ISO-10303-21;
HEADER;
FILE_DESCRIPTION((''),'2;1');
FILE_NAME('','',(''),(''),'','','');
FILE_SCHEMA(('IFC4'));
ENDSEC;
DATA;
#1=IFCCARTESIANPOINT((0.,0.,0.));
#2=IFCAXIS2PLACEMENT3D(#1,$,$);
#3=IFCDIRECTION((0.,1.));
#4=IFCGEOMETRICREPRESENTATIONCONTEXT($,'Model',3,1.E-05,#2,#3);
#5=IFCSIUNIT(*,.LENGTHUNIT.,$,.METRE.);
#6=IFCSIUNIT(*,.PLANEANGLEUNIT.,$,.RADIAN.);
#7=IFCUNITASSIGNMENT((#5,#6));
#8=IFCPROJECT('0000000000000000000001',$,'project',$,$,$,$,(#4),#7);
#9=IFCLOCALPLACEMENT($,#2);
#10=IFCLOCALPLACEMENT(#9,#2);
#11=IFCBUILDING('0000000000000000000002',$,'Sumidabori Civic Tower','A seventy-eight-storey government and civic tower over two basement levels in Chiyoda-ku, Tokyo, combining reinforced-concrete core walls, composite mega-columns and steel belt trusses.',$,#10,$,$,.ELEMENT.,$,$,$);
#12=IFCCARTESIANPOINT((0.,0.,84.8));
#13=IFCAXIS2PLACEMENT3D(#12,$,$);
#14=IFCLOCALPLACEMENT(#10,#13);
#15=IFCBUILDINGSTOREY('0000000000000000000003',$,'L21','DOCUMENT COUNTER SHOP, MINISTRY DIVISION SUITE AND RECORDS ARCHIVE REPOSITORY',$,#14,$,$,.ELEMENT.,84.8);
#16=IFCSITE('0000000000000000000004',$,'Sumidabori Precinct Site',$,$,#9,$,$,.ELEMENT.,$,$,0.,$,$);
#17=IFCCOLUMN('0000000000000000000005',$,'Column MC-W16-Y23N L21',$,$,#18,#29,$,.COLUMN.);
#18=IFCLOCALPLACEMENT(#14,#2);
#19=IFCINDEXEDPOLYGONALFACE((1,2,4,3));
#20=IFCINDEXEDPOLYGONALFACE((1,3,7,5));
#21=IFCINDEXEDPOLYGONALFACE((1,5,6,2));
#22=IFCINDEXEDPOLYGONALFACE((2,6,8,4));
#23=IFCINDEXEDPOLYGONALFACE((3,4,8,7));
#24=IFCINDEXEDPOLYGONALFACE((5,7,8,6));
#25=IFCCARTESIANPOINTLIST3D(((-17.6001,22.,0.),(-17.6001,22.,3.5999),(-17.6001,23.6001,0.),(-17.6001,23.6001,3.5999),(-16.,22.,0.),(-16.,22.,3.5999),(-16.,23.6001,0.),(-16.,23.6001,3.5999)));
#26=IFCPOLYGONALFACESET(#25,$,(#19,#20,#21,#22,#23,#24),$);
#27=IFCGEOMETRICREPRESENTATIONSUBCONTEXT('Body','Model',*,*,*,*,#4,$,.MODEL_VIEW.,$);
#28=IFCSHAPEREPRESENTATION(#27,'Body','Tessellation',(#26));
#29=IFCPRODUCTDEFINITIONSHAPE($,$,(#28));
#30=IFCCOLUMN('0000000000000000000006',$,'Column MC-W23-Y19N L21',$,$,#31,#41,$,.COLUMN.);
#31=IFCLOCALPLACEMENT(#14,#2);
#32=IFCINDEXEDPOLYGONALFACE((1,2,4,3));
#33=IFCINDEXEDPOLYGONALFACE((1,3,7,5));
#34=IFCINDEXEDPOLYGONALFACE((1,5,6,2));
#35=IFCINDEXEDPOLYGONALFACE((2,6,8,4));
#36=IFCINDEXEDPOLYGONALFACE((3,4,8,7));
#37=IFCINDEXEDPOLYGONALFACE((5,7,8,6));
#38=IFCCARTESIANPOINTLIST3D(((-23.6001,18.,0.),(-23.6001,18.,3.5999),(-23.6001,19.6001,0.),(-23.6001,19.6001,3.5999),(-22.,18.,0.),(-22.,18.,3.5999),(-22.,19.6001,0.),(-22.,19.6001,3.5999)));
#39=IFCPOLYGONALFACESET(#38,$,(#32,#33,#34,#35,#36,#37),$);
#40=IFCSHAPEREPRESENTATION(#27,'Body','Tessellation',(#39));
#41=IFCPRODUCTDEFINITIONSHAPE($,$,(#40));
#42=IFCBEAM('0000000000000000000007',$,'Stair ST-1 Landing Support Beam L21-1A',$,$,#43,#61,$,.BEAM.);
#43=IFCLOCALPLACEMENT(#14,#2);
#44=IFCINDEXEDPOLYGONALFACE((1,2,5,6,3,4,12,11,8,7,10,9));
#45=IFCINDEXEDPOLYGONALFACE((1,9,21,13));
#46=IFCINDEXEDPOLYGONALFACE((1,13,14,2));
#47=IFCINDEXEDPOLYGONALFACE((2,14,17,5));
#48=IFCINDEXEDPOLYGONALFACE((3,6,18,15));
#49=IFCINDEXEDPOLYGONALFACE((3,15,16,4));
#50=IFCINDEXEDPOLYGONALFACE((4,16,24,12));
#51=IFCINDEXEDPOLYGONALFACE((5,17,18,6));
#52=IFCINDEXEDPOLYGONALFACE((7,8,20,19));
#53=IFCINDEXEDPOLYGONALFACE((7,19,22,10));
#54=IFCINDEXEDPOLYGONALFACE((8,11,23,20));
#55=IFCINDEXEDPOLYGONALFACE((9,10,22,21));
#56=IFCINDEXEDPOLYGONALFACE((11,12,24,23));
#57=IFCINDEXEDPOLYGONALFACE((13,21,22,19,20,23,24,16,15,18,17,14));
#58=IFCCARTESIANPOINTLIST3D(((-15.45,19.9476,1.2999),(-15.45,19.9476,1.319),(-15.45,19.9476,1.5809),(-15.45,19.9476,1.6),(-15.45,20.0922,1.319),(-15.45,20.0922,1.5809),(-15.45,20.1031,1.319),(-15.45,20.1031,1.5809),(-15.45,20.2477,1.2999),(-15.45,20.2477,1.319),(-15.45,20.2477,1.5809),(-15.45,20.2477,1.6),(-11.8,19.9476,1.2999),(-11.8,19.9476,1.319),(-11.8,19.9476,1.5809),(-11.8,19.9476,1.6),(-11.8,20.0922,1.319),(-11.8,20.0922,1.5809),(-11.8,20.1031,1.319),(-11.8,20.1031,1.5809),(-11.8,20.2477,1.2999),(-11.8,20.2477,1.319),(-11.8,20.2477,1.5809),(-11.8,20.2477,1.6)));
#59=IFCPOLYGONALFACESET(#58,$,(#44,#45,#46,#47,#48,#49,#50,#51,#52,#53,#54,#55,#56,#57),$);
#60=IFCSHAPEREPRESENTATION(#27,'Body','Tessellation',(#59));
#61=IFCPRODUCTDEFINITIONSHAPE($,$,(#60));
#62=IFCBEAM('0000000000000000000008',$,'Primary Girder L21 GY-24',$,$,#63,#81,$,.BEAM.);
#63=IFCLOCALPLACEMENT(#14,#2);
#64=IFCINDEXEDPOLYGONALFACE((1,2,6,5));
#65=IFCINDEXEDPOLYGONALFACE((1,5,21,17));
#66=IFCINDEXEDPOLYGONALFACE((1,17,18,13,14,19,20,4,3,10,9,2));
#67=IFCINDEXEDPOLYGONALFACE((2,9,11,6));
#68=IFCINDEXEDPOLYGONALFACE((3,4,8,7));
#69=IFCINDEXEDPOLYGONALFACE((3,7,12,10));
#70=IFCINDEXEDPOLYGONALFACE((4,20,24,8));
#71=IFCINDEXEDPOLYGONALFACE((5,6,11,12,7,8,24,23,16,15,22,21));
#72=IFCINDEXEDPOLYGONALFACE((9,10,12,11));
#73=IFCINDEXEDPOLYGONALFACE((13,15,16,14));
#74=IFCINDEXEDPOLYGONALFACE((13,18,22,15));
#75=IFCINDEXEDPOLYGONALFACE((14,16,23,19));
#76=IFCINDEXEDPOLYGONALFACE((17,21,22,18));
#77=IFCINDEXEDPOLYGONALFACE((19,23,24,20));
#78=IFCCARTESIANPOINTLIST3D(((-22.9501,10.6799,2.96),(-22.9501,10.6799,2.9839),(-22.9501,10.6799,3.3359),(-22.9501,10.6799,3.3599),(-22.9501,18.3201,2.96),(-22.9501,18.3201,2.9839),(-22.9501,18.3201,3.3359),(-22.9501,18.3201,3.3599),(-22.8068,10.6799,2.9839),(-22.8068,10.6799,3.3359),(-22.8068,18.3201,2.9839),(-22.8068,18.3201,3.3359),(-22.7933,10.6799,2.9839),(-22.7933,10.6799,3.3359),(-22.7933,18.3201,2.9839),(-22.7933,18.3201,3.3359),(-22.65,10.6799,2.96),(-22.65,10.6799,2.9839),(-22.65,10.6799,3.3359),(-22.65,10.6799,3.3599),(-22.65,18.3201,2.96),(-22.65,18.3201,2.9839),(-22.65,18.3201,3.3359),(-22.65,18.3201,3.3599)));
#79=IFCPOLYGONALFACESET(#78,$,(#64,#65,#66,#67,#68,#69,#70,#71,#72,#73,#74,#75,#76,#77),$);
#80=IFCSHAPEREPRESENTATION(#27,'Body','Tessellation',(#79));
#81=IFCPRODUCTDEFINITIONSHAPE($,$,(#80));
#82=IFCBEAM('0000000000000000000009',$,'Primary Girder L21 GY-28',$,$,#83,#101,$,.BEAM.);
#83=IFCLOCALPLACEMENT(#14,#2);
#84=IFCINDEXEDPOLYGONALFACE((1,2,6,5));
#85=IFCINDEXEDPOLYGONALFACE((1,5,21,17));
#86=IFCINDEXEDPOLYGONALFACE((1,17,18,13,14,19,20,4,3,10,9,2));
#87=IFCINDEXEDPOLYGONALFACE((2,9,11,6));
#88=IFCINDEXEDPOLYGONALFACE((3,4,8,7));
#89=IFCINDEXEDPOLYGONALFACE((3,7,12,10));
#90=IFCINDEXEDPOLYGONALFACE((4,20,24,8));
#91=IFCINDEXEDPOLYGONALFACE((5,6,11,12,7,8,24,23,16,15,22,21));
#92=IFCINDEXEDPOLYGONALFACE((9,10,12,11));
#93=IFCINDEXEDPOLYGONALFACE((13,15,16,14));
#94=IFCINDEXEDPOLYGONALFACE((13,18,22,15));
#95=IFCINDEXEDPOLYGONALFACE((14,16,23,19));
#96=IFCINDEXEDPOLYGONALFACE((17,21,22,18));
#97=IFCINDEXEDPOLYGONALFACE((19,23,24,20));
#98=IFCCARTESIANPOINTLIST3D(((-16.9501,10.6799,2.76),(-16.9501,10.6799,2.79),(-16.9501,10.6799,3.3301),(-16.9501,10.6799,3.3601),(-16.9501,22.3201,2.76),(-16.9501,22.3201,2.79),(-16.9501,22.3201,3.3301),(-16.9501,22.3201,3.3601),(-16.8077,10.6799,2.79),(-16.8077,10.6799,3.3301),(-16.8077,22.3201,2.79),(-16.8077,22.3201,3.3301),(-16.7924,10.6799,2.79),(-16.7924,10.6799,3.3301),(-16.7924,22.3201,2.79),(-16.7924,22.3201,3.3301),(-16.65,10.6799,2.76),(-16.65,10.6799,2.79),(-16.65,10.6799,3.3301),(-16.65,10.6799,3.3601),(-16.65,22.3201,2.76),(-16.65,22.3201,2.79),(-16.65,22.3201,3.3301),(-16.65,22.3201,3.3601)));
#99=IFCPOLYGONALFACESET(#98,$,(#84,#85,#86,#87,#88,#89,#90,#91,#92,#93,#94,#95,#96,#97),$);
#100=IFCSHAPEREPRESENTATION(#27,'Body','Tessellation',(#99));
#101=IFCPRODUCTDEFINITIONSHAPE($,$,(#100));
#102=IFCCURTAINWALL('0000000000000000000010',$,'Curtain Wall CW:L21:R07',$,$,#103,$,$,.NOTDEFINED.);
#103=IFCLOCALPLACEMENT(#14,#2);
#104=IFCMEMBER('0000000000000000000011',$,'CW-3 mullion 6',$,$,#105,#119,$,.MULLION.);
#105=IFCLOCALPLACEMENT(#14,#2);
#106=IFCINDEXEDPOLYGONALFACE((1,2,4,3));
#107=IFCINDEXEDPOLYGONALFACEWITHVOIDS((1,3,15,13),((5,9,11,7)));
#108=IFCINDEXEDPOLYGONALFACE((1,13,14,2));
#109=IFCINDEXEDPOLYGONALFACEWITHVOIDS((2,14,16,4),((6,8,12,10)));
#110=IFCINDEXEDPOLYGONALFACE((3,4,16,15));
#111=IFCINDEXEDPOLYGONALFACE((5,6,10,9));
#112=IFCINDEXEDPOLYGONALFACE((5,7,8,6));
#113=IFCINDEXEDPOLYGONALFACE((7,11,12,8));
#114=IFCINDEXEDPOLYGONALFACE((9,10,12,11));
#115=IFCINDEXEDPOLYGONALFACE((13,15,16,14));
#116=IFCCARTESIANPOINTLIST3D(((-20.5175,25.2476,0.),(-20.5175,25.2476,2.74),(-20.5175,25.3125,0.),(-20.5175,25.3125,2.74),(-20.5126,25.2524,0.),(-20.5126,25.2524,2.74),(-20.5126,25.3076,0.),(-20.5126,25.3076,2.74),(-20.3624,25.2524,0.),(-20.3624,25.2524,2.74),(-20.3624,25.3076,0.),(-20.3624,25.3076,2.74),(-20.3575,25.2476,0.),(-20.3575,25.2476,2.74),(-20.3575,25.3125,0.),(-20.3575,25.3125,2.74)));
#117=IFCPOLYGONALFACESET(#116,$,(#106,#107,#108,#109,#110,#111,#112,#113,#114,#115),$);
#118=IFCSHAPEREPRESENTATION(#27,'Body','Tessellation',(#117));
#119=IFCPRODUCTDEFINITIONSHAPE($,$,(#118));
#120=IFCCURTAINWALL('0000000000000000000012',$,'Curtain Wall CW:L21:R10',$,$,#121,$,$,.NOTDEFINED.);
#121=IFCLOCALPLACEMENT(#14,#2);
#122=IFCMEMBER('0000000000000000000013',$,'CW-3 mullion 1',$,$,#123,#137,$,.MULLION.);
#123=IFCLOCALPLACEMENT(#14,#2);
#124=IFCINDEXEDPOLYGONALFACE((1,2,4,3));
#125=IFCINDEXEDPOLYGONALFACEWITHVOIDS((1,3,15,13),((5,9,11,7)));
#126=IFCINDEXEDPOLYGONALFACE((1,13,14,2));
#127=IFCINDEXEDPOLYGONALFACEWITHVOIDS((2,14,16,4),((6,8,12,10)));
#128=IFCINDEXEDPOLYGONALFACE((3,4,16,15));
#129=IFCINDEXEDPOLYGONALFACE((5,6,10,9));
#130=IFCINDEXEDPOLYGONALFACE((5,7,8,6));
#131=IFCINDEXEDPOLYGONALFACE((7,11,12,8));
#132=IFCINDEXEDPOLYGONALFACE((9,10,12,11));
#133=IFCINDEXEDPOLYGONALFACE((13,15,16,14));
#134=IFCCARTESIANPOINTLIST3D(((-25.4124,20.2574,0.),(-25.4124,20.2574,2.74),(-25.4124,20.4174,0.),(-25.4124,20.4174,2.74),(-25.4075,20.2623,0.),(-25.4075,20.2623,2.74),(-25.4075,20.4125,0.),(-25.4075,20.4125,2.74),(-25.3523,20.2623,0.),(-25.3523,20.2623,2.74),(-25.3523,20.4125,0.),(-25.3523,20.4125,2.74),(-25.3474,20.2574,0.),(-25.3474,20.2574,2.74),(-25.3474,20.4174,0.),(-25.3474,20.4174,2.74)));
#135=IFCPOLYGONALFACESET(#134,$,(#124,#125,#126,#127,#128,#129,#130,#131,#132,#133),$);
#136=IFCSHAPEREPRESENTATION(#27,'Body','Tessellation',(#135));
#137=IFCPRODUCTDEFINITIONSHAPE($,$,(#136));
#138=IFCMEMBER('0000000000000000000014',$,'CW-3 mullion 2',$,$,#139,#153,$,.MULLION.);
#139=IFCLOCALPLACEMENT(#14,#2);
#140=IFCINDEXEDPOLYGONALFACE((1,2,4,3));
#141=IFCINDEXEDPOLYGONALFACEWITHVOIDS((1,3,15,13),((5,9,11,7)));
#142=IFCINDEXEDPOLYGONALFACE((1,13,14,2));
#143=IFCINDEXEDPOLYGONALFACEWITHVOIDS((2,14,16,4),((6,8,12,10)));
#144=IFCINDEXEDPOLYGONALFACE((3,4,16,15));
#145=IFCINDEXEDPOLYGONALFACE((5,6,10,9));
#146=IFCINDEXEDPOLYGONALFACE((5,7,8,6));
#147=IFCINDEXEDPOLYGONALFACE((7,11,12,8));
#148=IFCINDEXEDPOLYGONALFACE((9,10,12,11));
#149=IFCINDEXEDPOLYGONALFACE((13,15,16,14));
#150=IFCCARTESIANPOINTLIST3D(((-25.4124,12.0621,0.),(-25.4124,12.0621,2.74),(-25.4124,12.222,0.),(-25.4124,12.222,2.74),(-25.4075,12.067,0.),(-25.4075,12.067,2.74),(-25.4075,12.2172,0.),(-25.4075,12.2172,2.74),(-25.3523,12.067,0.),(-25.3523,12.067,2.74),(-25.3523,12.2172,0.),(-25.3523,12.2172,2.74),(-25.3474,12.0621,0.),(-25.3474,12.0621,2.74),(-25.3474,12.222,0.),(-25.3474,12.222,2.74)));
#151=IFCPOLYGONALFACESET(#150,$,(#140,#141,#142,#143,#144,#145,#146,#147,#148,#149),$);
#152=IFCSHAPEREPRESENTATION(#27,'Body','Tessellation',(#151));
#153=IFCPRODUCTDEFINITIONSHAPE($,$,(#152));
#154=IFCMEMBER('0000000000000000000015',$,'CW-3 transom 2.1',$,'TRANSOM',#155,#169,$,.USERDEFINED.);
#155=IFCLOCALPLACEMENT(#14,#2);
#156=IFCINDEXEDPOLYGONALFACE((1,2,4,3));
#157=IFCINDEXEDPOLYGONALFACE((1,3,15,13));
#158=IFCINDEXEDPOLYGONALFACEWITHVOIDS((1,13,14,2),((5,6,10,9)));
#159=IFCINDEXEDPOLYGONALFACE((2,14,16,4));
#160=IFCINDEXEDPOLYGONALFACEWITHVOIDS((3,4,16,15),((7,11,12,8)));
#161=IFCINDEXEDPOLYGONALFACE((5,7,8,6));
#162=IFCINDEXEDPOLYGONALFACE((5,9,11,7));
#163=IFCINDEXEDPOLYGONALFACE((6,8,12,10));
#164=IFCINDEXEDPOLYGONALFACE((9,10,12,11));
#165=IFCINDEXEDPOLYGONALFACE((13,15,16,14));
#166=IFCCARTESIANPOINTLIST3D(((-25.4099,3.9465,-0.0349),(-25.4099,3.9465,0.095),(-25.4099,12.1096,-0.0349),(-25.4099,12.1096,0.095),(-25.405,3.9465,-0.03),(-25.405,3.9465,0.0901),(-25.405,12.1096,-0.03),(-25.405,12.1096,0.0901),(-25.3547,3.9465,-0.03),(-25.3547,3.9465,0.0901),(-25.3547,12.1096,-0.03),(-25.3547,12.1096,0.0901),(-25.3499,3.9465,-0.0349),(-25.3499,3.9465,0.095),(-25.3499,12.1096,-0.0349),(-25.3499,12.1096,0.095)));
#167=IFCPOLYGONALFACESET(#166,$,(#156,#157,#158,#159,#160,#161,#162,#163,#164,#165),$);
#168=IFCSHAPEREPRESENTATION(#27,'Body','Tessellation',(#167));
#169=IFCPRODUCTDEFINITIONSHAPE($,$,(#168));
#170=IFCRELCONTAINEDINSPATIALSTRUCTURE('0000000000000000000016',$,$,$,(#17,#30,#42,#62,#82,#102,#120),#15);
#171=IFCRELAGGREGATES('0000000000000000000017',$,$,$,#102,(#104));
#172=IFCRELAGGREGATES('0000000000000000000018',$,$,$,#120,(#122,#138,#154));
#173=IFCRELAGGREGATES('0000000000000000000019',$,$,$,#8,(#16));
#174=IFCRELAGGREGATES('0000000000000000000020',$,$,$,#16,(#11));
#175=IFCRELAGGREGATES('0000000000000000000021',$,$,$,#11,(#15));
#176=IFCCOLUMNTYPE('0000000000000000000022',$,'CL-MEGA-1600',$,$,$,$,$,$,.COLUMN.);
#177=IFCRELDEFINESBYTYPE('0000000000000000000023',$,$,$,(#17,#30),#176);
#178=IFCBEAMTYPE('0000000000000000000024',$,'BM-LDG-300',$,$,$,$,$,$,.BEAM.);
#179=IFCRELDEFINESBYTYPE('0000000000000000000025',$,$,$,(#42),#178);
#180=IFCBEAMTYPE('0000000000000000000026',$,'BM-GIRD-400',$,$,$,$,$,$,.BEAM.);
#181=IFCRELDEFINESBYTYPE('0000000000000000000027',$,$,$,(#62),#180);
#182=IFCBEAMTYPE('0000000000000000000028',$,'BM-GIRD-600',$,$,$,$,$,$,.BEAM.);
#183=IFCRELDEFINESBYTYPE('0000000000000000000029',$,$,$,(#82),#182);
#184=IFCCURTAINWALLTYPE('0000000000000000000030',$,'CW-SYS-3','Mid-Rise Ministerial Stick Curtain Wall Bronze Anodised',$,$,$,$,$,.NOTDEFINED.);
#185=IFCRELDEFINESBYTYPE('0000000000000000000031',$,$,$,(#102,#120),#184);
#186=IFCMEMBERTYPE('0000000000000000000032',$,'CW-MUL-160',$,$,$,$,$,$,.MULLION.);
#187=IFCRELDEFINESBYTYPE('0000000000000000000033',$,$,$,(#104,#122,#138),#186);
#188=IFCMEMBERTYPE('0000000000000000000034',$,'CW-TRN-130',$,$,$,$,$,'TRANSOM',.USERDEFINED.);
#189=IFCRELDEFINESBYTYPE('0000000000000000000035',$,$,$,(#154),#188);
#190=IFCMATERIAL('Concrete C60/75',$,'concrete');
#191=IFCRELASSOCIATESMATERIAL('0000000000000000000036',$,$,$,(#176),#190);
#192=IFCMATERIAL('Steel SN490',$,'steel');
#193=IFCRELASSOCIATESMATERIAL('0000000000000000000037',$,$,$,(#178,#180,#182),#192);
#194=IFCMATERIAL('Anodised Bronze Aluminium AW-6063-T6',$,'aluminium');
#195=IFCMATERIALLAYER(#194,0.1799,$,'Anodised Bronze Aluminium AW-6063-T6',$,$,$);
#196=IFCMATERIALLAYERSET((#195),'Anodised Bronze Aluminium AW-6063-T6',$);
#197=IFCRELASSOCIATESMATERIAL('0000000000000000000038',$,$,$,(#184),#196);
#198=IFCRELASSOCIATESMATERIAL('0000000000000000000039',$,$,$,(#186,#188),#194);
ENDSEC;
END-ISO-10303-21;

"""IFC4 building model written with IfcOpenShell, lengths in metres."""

from ifc_helpers import new_model, si_unit, direction, frame, origin, origin_2d, place, context, subcontext, project, spatial, rectangle, hollow_rectangle, i_section, extrude, source, transform, mapped, material, layer, layer_set, material_profile, profile_set, type_object, element, aggregate, save


model = new_model("IFC4")

# Units and contexts
model_context = context("Model", 3, precision=1e-05, world=origin(), true_north=direction((0.0, 1.0)))
body_context = subcontext(model_context, "Body", "Model", "MODEL_VIEW")
ifc_project = project(units=[si_unit("LENGTHUNIT", "METRE"), si_unit("PLANEANGLEUNIT", "RADIAN")], contexts=[model_context])

# Site, building, storey
site_placement = place(None, origin())
site = spatial("IfcSite", under=ifc_project, at=site_placement, Name="Sumidabori Precinct Site", CompositionType="ELEMENT", RefElevation=0.0)
building_placement = place(site_placement, origin())
building = spatial("IfcBuilding", under=site, at=building_placement, Name="Sumidabori Civic Tower", Description="A seventy-eight-storey government and civic tower over two basement levels in Chiyoda-ku, Tokyo, combining reinforced-concrete core walls, composite mega-columns and steel belt trusses.", CompositionType="ELEMENT")
storey_placement = place(building_placement, frame((0.0, 0.0, 84.8)))
storey = spatial("IfcBuildingStorey", under=building, at=storey_placement, Name="L21", Description="DOCUMENT COUNTER SHOP, MINISTRY DIVISION SUITE AND RECORDS ARCHIVE REPOSITORY", CompositionType="ELEMENT", Elevation=84.8)

# Columns
ifc_material_1 = material(Name="Concrete C60/75", Category="concrete")
ifc_material_profile_1 = material_profile(ifc_material_1, rectangle(XDim=1.6001, YDim=1.6001, at=origin_2d()), Name="RC 1600x1600")
ifc_profile_set_1 = profile_set([ifc_material_profile_1], Name="Concrete C60/75")
column_type = type_object("IfcColumnType", Name="CL-MEGA-1600", PredefinedType="COLUMN", material=ifc_profile_set_1)
shared_shape_1 = source(origin(), body_context, "Body", "SweptSolid", [
    extrude(rectangle(XDim=1.6001, YDim=1.6001, at=origin_2d()), origin(), (0.0, 0.0, 1.0), 3.5999),
])
for number, where, z_axis, x_axis, name in (
    (1, (-16.8, 22.8, 0.0), (0.0, 0.0, 1.0), (1.0, 0.0, 0.0), "Column MC-W16-Y23N L21"),
    (2, (-22.8, 18.8, 0.0), (0.0, 0.0, 1.0), (1.0, 0.0, 0.0), "Column MC-W23-Y19N L21"),
):
    element("IfcColumn", number, at=place(storey_placement, frame(where, z_axis=z_axis, x_axis=x_axis)), inside=storey, type_object=column_type, Name=name, PredefinedType="COLUMN", context=body_context, shape_type="MappedRepresentation", body=[
        mapped(shared_shape_1, transform((0.0, 0.0, 0.0), x_axis=(1.0, 0.0, 0.0), y_axis=(0.0, 1.0, 0.0), z_axis=(0.0, 0.0, 1.0), scale=1.0)),
    ])

# Beams
ifc_material_2 = material(Name="Steel SN490", Category="steel")
ifc_material_profile_2 = material_profile(ifc_material_2, i_section(OverallWidth=0.3, OverallDepth=0.3, WebThickness=0.011, FlangeThickness=0.019, at=origin_2d()), Name="HE 300 B")
ifc_profile_set_2 = profile_set([ifc_material_profile_2], Name="Steel SN490")
beam_type_1 = type_object("IfcBeamType", Name="BM-LDG-300", PredefinedType="BEAM", material=ifc_profile_set_2)
shared_shape_2 = source(origin(), body_context, "Body", "SweptSolid", [
    extrude(i_section(OverallWidth=0.3, OverallDepth=0.3, WebThickness=0.011, FlangeThickness=0.019, at=origin_2d()), origin(), (0.0, 0.0, 1.0), 3.6499),
])
beam_1_placement = place(storey_placement, frame((-15.45, 20.0977, 1.45), z_axis=(1.0, 0.0, 0.0), x_axis=(0.0, 1.0, 0.0)))
element("IfcBeam", 3, at=beam_1_placement, inside=storey, type_object=beam_type_1, Name="Stair ST-1 Landing Support Beam L21-1A", PredefinedType="BEAM", context=body_context, shape_type="MappedRepresentation", body=[
    mapped(shared_shape_2, transform((0.0, 0.0, 0.0), x_axis=(1.0, 0.0, 0.0), y_axis=(0.0, 1.0, 0.0), z_axis=(0.0, 0.0, 1.0), scale=1.0)),
])
ifc_material_profile_3 = material_profile(ifc_material_2, i_section(OverallWidth=0.3, OverallDepth=0.3999, WebThickness=0.0134, FlangeThickness=0.0239, at=origin_2d()), Name="HE 400 B")
ifc_profile_set_3 = profile_set([ifc_material_profile_3], Name="Steel SN490")
beam_type_2 = type_object("IfcBeamType", Name="BM-GIRD-400", PredefinedType="BEAM", material=ifc_profile_set_3)
shared_shape_3 = source(origin(), body_context, "Body", "SweptSolid", [
    extrude(i_section(OverallWidth=0.3, OverallDepth=0.3999, WebThickness=0.0134, FlangeThickness=0.0239, at=origin_2d()), origin(), (0.0, 0.0, 1.0), 7.6401),
])
beam_2_placement = place(storey_placement, frame((-22.8, 10.6799, 3.1599), z_axis=(0.0, 1.0, 0.0), x_axis=(-1.0, 0.0, 0.0)))
element("IfcBeam", 4, at=beam_2_placement, inside=storey, type_object=beam_type_2, Name="Primary Girder L21 GY-24", PredefinedType="BEAM", context=body_context, shape_type="MappedRepresentation", body=[
    mapped(shared_shape_3, transform((0.0, 0.0, 0.0), x_axis=(1.0, 0.0, 0.0), y_axis=(0.0, 1.0, 0.0), z_axis=(0.0, 0.0, 1.0), scale=1.0)),
])
ifc_material_profile_4 = material_profile(ifc_material_2, i_section(OverallWidth=0.3, OverallDepth=0.6001, WebThickness=0.0154, FlangeThickness=0.03, at=origin_2d()), Name="HE 600 B")
ifc_profile_set_4 = profile_set([ifc_material_profile_4], Name="Steel SN490")
beam_type_3 = type_object("IfcBeamType", Name="BM-GIRD-600", PredefinedType="BEAM", material=ifc_profile_set_4)
shared_shape_4 = source(origin(), body_context, "Body", "SweptSolid", [
    extrude(i_section(OverallWidth=0.3, OverallDepth=0.6001, WebThickness=0.0154, FlangeThickness=0.03, at=origin_2d()), origin(), (0.0, 0.0, 1.0), 11.6401),
])
beam_3_placement = place(storey_placement, frame((-16.8, 10.6799, 3.0601), z_axis=(0.0, 1.0, 0.0), x_axis=(-1.0, 0.0, 0.0)))
element("IfcBeam", 5, at=beam_3_placement, inside=storey, type_object=beam_type_3, Name="Primary Girder L21 GY-28", PredefinedType="BEAM", context=body_context, shape_type="MappedRepresentation", body=[
    mapped(shared_shape_4, transform((0.0, 0.0, 0.0), x_axis=(1.0, 0.0, 0.0), y_axis=(0.0, 1.0, 0.0), z_axis=(0.0, 0.0, 1.0), scale=1.0)),
])

# Curtain wall, member
ifc_material_3 = material(Name="Anodised Bronze Aluminium AW-6063-T6", Category="aluminium")
ifc_layer_1 = layer(ifc_material_3, 0.1799, Name="Anodised Bronze Aluminium AW-6063-T6")
ifc_layer_set_1 = layer_set([ifc_layer_1], Name="Anodised Bronze Aluminium AW-6063-T6")
curtain_wall_type = type_object("IfcCurtainWallType", Name="CW-SYS-3", Description="Mid-Rise Ministerial Stick Curtain Wall Bronze Anodised", PredefinedType="NOTDEFINED", material=ifc_layer_set_1)
curtain_wall_1_placement = place(storey_placement, origin())
curtain_wall_1 = element("IfcCurtainWall", 6, at=curtain_wall_1_placement, inside=storey, type_object=curtain_wall_type, Name="Curtain Wall CW:L21:R07", PredefinedType="NOTDEFINED")
ifc_material_profile_5 = material_profile(ifc_material_3, hollow_rectangle(XDim=0.0649, YDim=0.1599, WallThickness=0.0049, at=origin_2d()), Name="ALU MULLION 160x65")
ifc_profile_set_5 = profile_set([ifc_material_profile_5], Name="Anodised Bronze Aluminium AW-6063-T6")
member_type_1 = type_object("IfcMemberType", Name="CW-MUL-160", PredefinedType="MULLION", material=ifc_profile_set_5)
shared_shape_5 = source(origin(), body_context, "Body", "SweptSolid", [
    extrude(hollow_rectangle(XDim=0.0649, YDim=0.1599, WallThickness=0.0049, at=origin_2d()), origin(), (0.0, 0.0, 1.0), 2.74),
])
member_1_placement = place(storey_placement, frame((-20.4375, 25.28, 0.0), z_axis=(0.0, 0.0, 1.0), x_axis=(0.0, -1.0, 0.0)))
member_1 = element("IfcMember", 7, at=member_1_placement, type_object=member_type_1, Name="CW-3 mullion 6", PredefinedType="MULLION", context=body_context, shape_type="MappedRepresentation", body=[
    mapped(shared_shape_5, transform((0.0, 0.0, 0.0), x_axis=(1.0, 0.0, 0.0), y_axis=(0.0, 1.0, 0.0), z_axis=(0.0, 0.0, 1.0), scale=1.0)),
])

# Curtain wall, members
curtain_wall_2_placement = place(storey_placement, origin())
curtain_wall_2 = element("IfcCurtainWall", 8, at=curtain_wall_2_placement, inside=storey, type_object=curtain_wall_type, Name="Curtain Wall CW:L21:R10", PredefinedType="NOTDEFINED")
member_2_placement = place(storey_placement, frame((-25.3799, 20.3374, 0.0), z_axis=(0.0, 0.0, 1.0), x_axis=(1.0, 0.0, 0.0)))
member_2 = element("IfcMember", 9, at=member_2_placement, type_object=member_type_1, Name="CW-3 mullion 1", PredefinedType="MULLION", context=body_context, shape_type="MappedRepresentation", body=[
    mapped(shared_shape_5, transform((0.0, 0.0, 0.0), x_axis=(1.0, 0.0, 0.0), y_axis=(0.0, 1.0, 0.0), z_axis=(0.0, 0.0, 1.0), scale=1.0)),
])
member_3_placement = place(storey_placement, frame((-25.3799, 12.1421, 0.0), z_axis=(0.0, 0.0, 1.0), x_axis=(1.0, 0.0, 0.0)))
member_3 = element("IfcMember", 10, at=member_3_placement, type_object=member_type_1, Name="CW-3 mullion 2", PredefinedType="MULLION", context=body_context, shape_type="MappedRepresentation", body=[
    mapped(shared_shape_5, transform((0.0, 0.0, 0.0), x_axis=(1.0, 0.0, 0.0), y_axis=(0.0, 1.0, 0.0), z_axis=(0.0, 0.0, 1.0), scale=1.0)),
])
ifc_material_profile_6 = material_profile(ifc_material_3, hollow_rectangle(XDim=0.0601, YDim=0.1299, WallThickness=0.0049, at=origin_2d()), Name="ALU TRANSOM 130x60")
ifc_profile_set_6 = profile_set([ifc_material_profile_6], Name="Anodised Bronze Aluminium AW-6063-T6")
member_type_2 = type_object("IfcMemberType", Name="CW-TRN-130", ElementType="TRANSOM", PredefinedType="USERDEFINED", material=ifc_profile_set_6)
shared_shape_6 = source(origin(), body_context, "Body", "SweptSolid", [
    extrude(hollow_rectangle(XDim=0.0601, YDim=0.1299, WallThickness=0.0049, at=origin_2d()), origin(), (0.0, 0.0, 1.0), 8.1631),
])
member_4_placement = place(storey_placement, frame((-25.3799, 12.1096, 0.03), z_axis=(0.0, -1.0, 0.0), x_axis=(1.0, 0.0, 0.0)))
member_4 = element("IfcMember", 11, at=member_4_placement, type_object=member_type_2, Name="CW-3 transom 2.1", ObjectType="TRANSOM", PredefinedType="USERDEFINED", context=body_context, shape_type="MappedRepresentation", body=[
    mapped(shared_shape_6, transform((0.0, 0.0, 0.0), x_axis=(1.0, 0.0, 0.0), y_axis=(0.0, 1.0, 0.0), z_axis=(0.0, 0.0, 1.0), scale=1.0)),
])

aggregate(curtain_wall_1, [member_1])
aggregate(curtain_wall_2, [member_2, member_3, member_4])

save(model, "model.ifc")
